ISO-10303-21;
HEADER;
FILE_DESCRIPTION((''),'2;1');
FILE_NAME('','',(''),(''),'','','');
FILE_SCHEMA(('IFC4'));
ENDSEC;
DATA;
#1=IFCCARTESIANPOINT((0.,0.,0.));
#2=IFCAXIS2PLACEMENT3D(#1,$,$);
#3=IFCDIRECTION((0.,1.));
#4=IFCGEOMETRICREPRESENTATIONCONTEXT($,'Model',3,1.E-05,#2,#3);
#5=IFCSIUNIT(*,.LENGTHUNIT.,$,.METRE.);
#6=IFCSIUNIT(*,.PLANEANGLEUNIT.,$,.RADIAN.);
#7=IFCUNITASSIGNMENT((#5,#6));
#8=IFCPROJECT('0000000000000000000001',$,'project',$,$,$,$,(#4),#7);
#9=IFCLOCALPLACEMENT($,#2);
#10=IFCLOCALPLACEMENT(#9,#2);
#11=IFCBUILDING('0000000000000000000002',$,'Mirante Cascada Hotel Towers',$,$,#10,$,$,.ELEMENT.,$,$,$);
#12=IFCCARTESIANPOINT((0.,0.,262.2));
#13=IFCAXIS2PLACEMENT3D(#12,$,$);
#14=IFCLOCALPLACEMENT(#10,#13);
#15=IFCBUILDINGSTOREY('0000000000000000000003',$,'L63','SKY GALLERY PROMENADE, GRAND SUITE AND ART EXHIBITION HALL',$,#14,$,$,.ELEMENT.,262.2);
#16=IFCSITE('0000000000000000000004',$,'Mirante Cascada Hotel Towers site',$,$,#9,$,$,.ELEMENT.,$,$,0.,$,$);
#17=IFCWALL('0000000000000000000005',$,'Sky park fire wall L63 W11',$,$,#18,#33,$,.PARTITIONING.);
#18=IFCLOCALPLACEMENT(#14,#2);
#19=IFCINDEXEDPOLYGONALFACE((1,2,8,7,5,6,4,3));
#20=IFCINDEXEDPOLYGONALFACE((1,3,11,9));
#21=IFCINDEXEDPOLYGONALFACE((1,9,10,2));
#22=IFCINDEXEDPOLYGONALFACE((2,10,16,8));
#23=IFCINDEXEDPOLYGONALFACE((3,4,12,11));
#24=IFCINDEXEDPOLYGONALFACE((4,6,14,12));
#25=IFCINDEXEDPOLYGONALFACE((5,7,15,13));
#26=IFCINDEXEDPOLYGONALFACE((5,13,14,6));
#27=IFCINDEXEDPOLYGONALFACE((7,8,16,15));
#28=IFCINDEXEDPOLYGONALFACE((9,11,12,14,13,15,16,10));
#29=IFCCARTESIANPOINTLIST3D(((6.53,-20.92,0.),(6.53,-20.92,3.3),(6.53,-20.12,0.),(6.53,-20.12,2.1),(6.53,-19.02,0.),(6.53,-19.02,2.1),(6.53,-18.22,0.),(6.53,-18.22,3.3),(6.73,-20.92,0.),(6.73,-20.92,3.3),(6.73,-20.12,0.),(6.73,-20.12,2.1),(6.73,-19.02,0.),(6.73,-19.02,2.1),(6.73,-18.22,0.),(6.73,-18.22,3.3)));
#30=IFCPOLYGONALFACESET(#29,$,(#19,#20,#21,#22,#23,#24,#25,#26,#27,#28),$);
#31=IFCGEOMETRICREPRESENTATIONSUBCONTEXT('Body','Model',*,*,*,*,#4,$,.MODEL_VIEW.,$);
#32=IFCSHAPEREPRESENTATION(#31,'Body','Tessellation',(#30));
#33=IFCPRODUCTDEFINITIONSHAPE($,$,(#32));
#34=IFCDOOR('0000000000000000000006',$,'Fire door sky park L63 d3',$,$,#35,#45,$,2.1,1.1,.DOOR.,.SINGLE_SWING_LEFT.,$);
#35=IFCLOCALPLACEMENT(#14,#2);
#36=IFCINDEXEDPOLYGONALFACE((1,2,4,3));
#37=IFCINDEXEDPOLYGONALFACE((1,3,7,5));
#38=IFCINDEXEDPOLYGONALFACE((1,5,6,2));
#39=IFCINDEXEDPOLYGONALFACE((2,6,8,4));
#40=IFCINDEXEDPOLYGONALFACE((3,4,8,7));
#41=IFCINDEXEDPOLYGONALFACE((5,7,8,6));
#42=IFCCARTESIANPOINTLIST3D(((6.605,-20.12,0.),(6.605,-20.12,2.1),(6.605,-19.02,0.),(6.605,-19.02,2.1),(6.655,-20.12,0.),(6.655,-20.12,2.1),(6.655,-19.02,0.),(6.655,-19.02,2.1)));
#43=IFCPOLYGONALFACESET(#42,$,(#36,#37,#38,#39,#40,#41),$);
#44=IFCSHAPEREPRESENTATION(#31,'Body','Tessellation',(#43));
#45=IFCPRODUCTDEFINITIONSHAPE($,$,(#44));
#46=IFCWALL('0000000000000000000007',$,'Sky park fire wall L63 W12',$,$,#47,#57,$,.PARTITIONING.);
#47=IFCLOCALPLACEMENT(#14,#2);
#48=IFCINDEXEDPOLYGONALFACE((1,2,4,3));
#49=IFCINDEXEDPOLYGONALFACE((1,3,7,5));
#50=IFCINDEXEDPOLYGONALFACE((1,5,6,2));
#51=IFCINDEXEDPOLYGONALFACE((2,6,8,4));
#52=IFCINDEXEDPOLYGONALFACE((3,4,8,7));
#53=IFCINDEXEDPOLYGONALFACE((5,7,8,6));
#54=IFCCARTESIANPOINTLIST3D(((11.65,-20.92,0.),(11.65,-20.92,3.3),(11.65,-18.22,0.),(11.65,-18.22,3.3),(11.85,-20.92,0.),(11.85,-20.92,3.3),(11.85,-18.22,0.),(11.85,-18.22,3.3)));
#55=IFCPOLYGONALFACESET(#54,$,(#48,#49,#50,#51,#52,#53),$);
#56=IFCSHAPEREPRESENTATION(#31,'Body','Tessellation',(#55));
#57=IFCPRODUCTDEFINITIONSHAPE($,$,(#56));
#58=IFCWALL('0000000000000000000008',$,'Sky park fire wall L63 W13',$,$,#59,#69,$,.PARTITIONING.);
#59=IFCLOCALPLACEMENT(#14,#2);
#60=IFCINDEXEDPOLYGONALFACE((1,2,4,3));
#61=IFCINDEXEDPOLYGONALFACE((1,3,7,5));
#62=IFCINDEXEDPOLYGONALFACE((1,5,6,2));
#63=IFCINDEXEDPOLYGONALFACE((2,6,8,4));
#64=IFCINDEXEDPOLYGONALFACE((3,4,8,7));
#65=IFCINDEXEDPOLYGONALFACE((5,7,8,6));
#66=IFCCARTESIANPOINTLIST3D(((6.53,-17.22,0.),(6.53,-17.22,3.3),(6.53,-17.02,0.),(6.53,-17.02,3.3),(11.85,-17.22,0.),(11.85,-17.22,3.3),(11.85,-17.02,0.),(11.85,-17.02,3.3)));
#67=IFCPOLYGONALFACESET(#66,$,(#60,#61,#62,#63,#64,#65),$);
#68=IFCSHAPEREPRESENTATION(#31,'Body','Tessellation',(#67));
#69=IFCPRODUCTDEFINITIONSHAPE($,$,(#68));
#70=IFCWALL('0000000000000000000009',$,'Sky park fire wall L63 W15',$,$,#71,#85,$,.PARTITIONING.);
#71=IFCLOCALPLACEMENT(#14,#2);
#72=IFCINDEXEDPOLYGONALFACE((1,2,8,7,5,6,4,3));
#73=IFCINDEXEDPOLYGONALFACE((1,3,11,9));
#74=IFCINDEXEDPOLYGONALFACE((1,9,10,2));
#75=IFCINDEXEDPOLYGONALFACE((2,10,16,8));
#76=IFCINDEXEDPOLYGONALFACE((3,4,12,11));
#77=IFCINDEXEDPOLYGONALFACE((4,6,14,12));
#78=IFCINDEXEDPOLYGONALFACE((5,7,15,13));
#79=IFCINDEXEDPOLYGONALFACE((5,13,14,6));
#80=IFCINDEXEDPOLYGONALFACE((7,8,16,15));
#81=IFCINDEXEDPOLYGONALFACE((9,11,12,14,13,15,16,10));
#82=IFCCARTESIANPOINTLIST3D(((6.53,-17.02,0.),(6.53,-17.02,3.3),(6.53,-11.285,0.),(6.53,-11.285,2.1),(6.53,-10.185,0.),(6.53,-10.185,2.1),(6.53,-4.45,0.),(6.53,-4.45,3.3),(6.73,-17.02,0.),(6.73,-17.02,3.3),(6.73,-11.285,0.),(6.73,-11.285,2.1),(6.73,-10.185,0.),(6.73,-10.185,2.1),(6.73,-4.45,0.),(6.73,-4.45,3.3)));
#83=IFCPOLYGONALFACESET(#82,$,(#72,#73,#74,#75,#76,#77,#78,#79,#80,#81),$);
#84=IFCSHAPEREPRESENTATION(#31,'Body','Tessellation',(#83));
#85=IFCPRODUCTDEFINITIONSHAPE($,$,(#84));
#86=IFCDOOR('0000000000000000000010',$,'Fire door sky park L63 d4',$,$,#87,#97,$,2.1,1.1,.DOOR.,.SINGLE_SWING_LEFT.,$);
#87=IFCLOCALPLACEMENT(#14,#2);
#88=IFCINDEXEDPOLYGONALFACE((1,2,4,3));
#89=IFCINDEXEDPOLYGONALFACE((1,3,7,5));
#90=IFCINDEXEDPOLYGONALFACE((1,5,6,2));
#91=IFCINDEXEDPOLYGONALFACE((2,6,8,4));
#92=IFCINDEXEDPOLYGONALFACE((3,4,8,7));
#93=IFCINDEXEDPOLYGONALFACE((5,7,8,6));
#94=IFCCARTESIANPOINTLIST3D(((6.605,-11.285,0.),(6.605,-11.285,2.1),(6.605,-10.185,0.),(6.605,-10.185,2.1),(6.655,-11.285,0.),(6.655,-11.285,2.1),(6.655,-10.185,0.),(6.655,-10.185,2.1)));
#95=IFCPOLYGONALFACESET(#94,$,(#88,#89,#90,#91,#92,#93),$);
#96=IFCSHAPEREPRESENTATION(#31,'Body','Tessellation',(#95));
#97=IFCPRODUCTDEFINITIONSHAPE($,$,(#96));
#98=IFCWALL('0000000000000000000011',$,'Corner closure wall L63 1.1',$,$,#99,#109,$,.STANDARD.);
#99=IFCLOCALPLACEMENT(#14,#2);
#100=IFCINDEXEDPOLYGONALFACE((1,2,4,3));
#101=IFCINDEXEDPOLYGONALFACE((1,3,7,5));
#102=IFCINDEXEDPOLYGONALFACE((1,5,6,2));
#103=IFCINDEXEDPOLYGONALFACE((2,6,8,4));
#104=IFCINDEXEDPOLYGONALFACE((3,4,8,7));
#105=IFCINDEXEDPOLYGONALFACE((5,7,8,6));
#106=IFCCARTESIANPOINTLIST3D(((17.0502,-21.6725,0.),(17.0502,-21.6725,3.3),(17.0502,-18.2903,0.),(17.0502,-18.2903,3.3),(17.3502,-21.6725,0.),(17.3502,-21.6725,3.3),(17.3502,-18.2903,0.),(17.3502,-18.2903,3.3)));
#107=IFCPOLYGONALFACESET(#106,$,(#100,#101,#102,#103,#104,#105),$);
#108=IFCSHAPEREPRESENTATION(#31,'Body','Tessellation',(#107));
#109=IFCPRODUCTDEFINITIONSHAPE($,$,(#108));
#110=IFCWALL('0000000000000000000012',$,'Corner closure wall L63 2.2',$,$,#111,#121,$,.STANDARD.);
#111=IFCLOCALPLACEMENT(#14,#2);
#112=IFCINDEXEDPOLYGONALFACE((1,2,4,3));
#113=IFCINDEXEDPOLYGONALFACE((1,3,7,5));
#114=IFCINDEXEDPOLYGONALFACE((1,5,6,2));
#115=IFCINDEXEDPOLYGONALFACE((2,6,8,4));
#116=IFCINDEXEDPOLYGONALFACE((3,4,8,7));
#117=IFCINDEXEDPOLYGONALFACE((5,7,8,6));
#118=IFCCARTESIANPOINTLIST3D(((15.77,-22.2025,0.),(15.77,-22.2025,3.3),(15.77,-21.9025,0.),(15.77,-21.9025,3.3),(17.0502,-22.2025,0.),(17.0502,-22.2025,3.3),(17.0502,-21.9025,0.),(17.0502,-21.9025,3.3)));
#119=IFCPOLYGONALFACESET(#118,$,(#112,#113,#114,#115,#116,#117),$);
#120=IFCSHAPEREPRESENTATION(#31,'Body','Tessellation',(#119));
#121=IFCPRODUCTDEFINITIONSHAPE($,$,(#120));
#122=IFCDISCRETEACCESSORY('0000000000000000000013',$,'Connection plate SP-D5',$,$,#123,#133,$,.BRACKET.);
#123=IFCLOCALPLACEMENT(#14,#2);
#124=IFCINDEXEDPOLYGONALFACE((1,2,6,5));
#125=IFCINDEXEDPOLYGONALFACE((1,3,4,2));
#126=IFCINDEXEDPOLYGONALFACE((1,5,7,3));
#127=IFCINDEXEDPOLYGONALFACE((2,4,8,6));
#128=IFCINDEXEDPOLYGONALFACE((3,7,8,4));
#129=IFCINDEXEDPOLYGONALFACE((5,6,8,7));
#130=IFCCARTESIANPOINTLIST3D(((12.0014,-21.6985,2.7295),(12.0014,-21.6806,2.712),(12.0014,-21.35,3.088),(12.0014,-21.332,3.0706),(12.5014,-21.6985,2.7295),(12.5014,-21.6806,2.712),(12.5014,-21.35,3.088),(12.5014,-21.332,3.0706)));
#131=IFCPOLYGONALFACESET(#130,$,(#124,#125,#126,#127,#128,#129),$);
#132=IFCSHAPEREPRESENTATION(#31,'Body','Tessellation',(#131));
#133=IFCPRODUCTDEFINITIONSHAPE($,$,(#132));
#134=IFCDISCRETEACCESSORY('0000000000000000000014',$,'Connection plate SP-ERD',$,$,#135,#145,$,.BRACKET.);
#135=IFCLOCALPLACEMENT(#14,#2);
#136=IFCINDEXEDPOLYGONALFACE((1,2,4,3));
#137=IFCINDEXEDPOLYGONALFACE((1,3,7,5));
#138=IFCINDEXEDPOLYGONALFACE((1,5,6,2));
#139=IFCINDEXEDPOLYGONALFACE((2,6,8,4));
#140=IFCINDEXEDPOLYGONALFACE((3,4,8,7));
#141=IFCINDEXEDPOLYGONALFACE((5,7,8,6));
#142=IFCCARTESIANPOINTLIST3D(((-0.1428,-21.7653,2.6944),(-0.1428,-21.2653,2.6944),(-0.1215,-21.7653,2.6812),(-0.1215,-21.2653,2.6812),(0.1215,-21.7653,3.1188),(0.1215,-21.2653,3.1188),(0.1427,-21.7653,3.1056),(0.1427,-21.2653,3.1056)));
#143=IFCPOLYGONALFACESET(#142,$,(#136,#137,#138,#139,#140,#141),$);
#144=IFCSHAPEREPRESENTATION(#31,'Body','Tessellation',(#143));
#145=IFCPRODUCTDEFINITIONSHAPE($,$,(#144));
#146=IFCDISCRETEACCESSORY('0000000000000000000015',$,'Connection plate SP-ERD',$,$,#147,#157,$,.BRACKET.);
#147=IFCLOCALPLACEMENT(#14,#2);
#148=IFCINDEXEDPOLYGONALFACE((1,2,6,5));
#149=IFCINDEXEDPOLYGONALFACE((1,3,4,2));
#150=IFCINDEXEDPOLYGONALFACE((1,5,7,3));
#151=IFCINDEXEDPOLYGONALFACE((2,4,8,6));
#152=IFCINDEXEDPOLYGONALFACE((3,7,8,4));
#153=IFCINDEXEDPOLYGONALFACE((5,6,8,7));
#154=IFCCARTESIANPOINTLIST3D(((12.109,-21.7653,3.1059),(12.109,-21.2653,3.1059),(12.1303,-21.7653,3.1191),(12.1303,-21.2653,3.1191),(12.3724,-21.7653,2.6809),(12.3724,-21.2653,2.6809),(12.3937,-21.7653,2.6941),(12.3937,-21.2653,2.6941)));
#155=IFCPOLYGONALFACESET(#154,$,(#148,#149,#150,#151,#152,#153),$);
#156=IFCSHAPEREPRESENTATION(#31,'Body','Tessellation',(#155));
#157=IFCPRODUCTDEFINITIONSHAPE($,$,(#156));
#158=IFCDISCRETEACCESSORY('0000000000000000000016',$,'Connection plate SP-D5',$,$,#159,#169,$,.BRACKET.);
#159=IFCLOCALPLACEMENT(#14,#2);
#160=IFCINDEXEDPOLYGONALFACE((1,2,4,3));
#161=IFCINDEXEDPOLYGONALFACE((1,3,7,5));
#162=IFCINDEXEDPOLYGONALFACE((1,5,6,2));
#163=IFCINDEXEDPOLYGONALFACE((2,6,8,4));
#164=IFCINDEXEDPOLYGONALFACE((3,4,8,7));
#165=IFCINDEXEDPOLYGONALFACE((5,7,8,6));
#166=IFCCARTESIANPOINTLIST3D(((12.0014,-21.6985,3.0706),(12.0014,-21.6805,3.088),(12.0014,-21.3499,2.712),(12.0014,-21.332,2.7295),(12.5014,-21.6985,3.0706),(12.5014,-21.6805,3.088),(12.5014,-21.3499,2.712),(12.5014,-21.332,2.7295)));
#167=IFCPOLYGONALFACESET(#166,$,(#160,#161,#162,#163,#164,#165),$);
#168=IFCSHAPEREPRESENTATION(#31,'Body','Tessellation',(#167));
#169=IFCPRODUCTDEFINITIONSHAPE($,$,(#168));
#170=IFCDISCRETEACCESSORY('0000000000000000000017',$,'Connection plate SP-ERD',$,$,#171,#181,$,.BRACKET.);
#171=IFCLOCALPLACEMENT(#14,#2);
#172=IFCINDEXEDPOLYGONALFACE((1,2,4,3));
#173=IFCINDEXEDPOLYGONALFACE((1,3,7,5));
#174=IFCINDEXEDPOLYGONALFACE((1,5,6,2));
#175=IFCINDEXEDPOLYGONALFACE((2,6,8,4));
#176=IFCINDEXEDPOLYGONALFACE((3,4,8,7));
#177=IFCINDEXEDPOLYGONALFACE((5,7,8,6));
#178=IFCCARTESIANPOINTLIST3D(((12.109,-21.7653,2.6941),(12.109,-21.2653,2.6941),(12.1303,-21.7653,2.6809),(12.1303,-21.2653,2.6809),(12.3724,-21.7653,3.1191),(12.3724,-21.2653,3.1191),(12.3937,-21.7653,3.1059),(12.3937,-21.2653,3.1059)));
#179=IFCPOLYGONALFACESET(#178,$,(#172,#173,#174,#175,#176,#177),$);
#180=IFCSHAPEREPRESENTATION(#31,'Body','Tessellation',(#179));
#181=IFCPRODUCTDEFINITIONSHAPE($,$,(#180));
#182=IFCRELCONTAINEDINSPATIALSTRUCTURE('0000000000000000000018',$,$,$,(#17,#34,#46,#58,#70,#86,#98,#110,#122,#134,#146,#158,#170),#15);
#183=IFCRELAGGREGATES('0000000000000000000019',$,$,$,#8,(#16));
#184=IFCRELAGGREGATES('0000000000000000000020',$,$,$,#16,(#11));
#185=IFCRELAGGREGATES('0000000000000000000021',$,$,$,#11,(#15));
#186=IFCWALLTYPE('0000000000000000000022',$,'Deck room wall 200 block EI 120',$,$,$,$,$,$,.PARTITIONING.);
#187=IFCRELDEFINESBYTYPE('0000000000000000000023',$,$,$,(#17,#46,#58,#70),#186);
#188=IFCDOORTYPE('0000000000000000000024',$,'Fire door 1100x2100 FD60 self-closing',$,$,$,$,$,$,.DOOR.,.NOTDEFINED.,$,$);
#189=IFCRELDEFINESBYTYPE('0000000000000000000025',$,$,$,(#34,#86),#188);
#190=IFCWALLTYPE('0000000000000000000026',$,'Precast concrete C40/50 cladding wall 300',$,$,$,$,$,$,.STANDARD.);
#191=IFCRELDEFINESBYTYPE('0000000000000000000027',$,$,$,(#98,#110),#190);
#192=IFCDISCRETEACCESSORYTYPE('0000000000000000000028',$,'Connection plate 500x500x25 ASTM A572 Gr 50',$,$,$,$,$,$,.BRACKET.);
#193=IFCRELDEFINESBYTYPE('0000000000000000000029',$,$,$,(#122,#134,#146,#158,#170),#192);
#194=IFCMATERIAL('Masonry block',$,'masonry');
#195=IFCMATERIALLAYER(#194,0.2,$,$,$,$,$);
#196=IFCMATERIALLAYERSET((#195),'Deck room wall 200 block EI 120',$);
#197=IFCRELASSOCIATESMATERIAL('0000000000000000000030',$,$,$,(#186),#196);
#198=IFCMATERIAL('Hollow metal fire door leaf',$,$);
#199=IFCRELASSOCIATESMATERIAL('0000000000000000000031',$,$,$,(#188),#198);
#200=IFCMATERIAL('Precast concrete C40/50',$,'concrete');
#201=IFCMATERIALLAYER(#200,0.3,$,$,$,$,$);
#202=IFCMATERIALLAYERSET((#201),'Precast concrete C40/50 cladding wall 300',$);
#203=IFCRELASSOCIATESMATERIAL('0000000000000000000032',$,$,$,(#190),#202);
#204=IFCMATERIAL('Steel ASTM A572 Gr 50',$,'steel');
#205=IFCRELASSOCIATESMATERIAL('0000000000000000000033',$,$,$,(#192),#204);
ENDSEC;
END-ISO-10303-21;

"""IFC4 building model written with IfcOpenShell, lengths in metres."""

from ifc_helpers import new_model, si_unit, direction, frame, frame_2d, origin, origin_2d, place, context, subcontext, project, spatial, rectangle, extrude, material, layer, layer_set, material_profile, profile_set, type_object, element, fill, save


model = new_model("IFC4")

# Units and contexts
model_context = context("Model", 3, precision=1e-05, world=origin(), true_north=direction((0.0, 1.0)))
body_context = subcontext(model_context, "Body", "Model", "MODEL_VIEW")
ifc_project = project(units=[si_unit("LENGTHUNIT", "METRE"), si_unit("PLANEANGLEUNIT", "RADIAN")], contexts=[model_context])

# Site, building, storey
site_placement = place(None, origin())
site = spatial("IfcSite", under=ifc_project, at=site_placement, Name="Mirante Cascada Hotel Towers site", CompositionType="ELEMENT", RefElevation=0.0)
building_placement = place(site_placement, origin())
building = spatial("IfcBuilding", under=site, at=building_placement, Name="Mirante Cascada Hotel Towers", CompositionType="ELEMENT")
storey_placement = place(building_placement, frame((0.0, 0.0, 262.2)))
storey = spatial("IfcBuildingStorey", under=building, at=storey_placement, Name="L63", Description="SKY GALLERY PROMENADE, GRAND SUITE AND ART EXHIBITION HALL", CompositionType="ELEMENT", Elevation=262.2)

# Shared definitions
ifc_material_1 = material(Name="Masonry block", Category="masonry")
ifc_layer_1 = layer(ifc_material_1, 0.2)
ifc_layer_set_1 = layer_set([ifc_layer_1], Name="Deck room wall 200 block EI 120")
wall_type_1 = type_object("IfcWallType", Name="Deck room wall 200 block EI 120", PredefinedType="PARTITIONING", material=ifc_layer_set_1)

# Wall, opening, door
wall_1_placement = place(storey_placement, frame((6.63, -20.92, 0.0), z_axis=(0.0, 0.0, 1.0), x_axis=(0.0, 1.0, 0.0)))
wall_1 = element("IfcWall", 1, at=wall_1_placement, inside=storey, type_object=wall_type_1, Name="Sky park fire wall L63 W11", PredefinedType="PARTITIONING", context=body_context, shape_type="SweptSolid", body=[
    extrude(rectangle(XDim=2.7, YDim=0.2, at=frame_2d((1.35, 0.0))), origin(), (0.0, 0.0, 1.0), 3.3),
])
opening_1_placement = place(wall_1_placement, frame((0.8, 0.0, 0.0)))
opening_1 = element("IfcOpeningElement", 2, at=opening_1_placement, cuts=wall_1, PredefinedType="OPENING", context=body_context, shape_type="SweptSolid", body=[
    extrude(rectangle(XDim=1.1, YDim=2.1, at=frame_2d((0.55, 1.05))), frame((0.0, 0.1, 0.0), z_axis=(0.0, -1.0, 0.0), x_axis=(1.0, 0.0, 0.0)), (0.0, 0.0, 1.0), 0.2),
])
ifc_material_2 = material(Name="Hollow metal fire door leaf")
door_type = type_object("IfcDoorType", Name="Fire door 1100x2100 FD60 self-closing", OperationType="NOTDEFINED", PredefinedType="DOOR", material=ifc_material_2)
door_1_placement = place(opening_1_placement, frame((1.1, 0.0, 0.0), z_axis=(0.0, 0.0, 1.0), x_axis=(-1.0, 0.0, 0.0)))
door_1 = element("IfcDoor", 3, at=door_1_placement, inside=storey, type_object=door_type, Name="Fire door sky park L63 d3", OperationType="SINGLE_SWING_LEFT", OverallHeight=2.1, OverallWidth=1.1, PredefinedType="DOOR", context=body_context, shape_type="SweptSolid", body=[
    extrude(rectangle(XDim=1.1, YDim=2.1, at=frame_2d((0.55, 1.05))), frame((0.0, 0.025, 0.0), z_axis=(0.0, -1.0, 0.0), x_axis=(1.0, 0.0, 0.0)), (0.0, 0.0, 1.0), 0.05),
])
fill(opening_1, door_1)

# Walls
wall_2_placement = place(storey_placement, frame((11.75, -20.92, 0.0), z_axis=(0.0, 0.0, 1.0), x_axis=(0.0, 1.0, 0.0)))
element("IfcWall", 4, at=wall_2_placement, inside=storey, type_object=wall_type_1, Name="Sky park fire wall L63 W12", PredefinedType="PARTITIONING", context=body_context, shape_type="SweptSolid", body=[
    extrude(rectangle(XDim=2.7, YDim=0.2, at=frame_2d((1.35, 0.0))), origin(), (0.0, 0.0, 1.0), 3.3),
])
wall_3_placement = place(storey_placement, frame((6.53, -17.12, 0.0), z_axis=(0.0, 0.0, 1.0), x_axis=(1.0, 0.0, 0.0)))
element("IfcWall", 5, at=wall_3_placement, inside=storey, type_object=wall_type_1, Name="Sky park fire wall L63 W13", PredefinedType="PARTITIONING", context=body_context, shape_type="SweptSolid", body=[
    extrude(rectangle(XDim=5.32, YDim=0.2, at=frame_2d((2.66, 0.0))), origin(), (0.0, 0.0, 1.0), 3.3),
])

# Wall, opening, door
wall_4_placement = place(storey_placement, frame((6.63, -17.02, 0.0), z_axis=(0.0, 0.0, 1.0), x_axis=(0.0, 1.0, 0.0)))
wall_4 = element("IfcWall", 6, at=wall_4_placement, inside=storey, type_object=wall_type_1, Name="Sky park fire wall L63 W15", PredefinedType="PARTITIONING", context=body_context, shape_type="SweptSolid", body=[
    extrude(rectangle(XDim=12.57, YDim=0.2, at=frame_2d((6.285, 0.0))), origin(), (0.0, 0.0, 1.0), 3.3),
])
opening_2_placement = place(wall_4_placement, frame((5.735, 0.0, 0.0)))
opening_2 = element("IfcOpeningElement", 7, at=opening_2_placement, cuts=wall_4, PredefinedType="OPENING", context=body_context, shape_type="SweptSolid", body=[
    extrude(rectangle(XDim=1.1, YDim=2.1, at=frame_2d((0.55, 1.05))), frame((0.0, 0.1, 0.0), z_axis=(0.0, -1.0, 0.0), x_axis=(1.0, 0.0, 0.0)), (0.0, 0.0, 1.0), 0.2),
])
door_2_placement = place(opening_2_placement, frame((1.1, 0.0, 0.0), z_axis=(0.0, 0.0, 1.0), x_axis=(-1.0, 0.0, 0.0)))
door_2 = element("IfcDoor", 8, at=door_2_placement, inside=storey, type_object=door_type, Name="Fire door sky park L63 d4", OperationType="SINGLE_SWING_LEFT", OverallHeight=2.1, OverallWidth=1.1, PredefinedType="DOOR", context=body_context, shape_type="SweptSolid", body=[
    extrude(rectangle(XDim=1.1, YDim=2.1, at=frame_2d((0.55, 1.05))), frame((0.0, 0.025, 0.0), z_axis=(0.0, -1.0, 0.0), x_axis=(1.0, 0.0, 0.0)), (0.0, 0.0, 1.0), 0.05),
])
fill(opening_2, door_2)

# Walls
ifc_material_3 = material(Name="Precast concrete C40/50", Category="concrete")
ifc_layer_2 = layer(ifc_material_3, 0.3)
ifc_layer_set_2 = layer_set([ifc_layer_2], Name="Precast concrete C40/50 cladding wall 300")
wall_type_2 = type_object("IfcWallType", Name="Precast concrete C40/50 cladding wall 300", PredefinedType="STANDARD", material=ifc_layer_set_2)
wall_5_placement = place(storey_placement, frame((17.2002, -18.2903, 0.0), z_axis=(0.0, 0.0, 1.0), x_axis=(0.0, -1.0, 0.0)))
element("IfcWall", 9, at=wall_5_placement, inside=storey, type_object=wall_type_2, Name="Corner closure wall L63 1.1", PredefinedType="STANDARD", context=body_context, shape_type="SweptSolid", body=[
    extrude(rectangle(XDim=3.3822, YDim=0.3, at=frame_2d((1.6911, 0.0))), origin(), (0.0, 0.0, 1.0), 3.3),
])
wall_6_placement = place(storey_placement, frame((17.0502, -22.0525, 0.0), z_axis=(0.0, 0.0, 1.0), x_axis=(-1.0, 0.0, 0.0)))
element("IfcWall", 10, at=wall_6_placement, inside=storey, type_object=wall_type_2, Name="Corner closure wall L63 2.2", PredefinedType="STANDARD", context=body_context, shape_type="SweptSolid", body=[
    extrude(rectangle(XDim=1.2802, YDim=0.3, at=frame_2d((0.6401, 0.0))), origin(), (0.0, 0.0, 1.0), 3.3),
])

# Discrete accessories
ifc_material_4 = material(Name="Steel ASTM A572 Gr 50", Category="steel")
ifc_material_profile_1 = material_profile(ifc_material_4, rectangle(XDim=0.5, YDim=0.5, at=origin_2d()), Name="Connection plate 500x500x25 ASTM A572 Gr 50")
ifc_profile_set_1 = profile_set([ifc_material_profile_1], Name="Steel ASTM A572 Gr 50")
discrete_accessory_type = type_object("IfcDiscreteAccessoryType", Name="Connection plate 500x500x25 ASTM A572 Gr 50", PredefinedType="BRACKET", material=ifc_profile_set_1)
for number, where, z_axis, x_axis, name in (
    (11, (12.2514, -21.5063, 2.8913), (0.0, -0.717051, 0.697021), (1.0, 0.0, 0.0), "Connection plate SP-D5"),
    (12, (0.0106, -21.5153, 2.8934), (-0.848897, 0.0, 0.528559), (0.0, -1.0, 0.0), "Connection plate SP-ERD"),
):
    element("IfcDiscreteAccessory", number, at=place(storey_placement, frame(where, z_axis=z_axis, x_axis=x_axis)), inside=storey, type_object=discrete_accessory_type, Name=name, PredefinedType="BRACKET", context=body_context, shape_type="SweptSolid", body=[
        extrude(rectangle(XDim=0.5, YDim=0.5, at=origin_2d()), origin(), (0.0, 0.0, 1.0), 0.025),
    ])
discrete_accessory_1_placement = place(storey_placement, frame((12.2407, -21.5153, 2.8934), z_axis=(0.85001, 0.0, 0.526767), x_axis=(0.0, 1.0, 0.0)))
element("IfcDiscreteAccessory", 13, at=discrete_accessory_1_placement, inside=storey, type_object=discrete_accessory_type, Name="Connection plate SP-ERD", PredefinedType="BRACKET", context=body_context, shape_type="SweptSolid", body=[
    extrude(rectangle(XDim=0.5, YDim=0.5, at=origin_2d()), origin(), (0.0, 0.0, 1.0), 0.0251),
])
discrete_accessory_2_placement = place(storey_placement, frame((12.2514, -21.5242, 2.8913), z_axis=(0.0, 0.717051, 0.697021), x_axis=(-1.0, 0.0, 0.0)))
element("IfcDiscreteAccessory", 14, at=discrete_accessory_2_placement, inside=storey, type_object=discrete_accessory_type, Name="Connection plate SP-D5", PredefinedType="BRACKET", context=body_context, shape_type="SweptSolid", body=[
    extrude(rectangle(XDim=0.5, YDim=0.5, at=origin_2d()), origin(), (0.0, 0.0, 1.0), 0.025),
])
discrete_accessory_3_placement = place(storey_placement, frame((12.262, -21.5153, 2.8934), z_axis=(-0.85001, 0.0, 0.526767), x_axis=(0.0, -1.0, 0.0)))
element("IfcDiscreteAccessory", 15, at=discrete_accessory_3_placement, inside=storey, type_object=discrete_accessory_type, Name="Connection plate SP-ERD", PredefinedType="BRACKET", context=body_context, shape_type="SweptSolid", body=[
    extrude(rectangle(XDim=0.5, YDim=0.5, at=origin_2d()), origin(), (0.0, 0.0, 1.0), 0.0251),
])

save(model, "model.ifc")
